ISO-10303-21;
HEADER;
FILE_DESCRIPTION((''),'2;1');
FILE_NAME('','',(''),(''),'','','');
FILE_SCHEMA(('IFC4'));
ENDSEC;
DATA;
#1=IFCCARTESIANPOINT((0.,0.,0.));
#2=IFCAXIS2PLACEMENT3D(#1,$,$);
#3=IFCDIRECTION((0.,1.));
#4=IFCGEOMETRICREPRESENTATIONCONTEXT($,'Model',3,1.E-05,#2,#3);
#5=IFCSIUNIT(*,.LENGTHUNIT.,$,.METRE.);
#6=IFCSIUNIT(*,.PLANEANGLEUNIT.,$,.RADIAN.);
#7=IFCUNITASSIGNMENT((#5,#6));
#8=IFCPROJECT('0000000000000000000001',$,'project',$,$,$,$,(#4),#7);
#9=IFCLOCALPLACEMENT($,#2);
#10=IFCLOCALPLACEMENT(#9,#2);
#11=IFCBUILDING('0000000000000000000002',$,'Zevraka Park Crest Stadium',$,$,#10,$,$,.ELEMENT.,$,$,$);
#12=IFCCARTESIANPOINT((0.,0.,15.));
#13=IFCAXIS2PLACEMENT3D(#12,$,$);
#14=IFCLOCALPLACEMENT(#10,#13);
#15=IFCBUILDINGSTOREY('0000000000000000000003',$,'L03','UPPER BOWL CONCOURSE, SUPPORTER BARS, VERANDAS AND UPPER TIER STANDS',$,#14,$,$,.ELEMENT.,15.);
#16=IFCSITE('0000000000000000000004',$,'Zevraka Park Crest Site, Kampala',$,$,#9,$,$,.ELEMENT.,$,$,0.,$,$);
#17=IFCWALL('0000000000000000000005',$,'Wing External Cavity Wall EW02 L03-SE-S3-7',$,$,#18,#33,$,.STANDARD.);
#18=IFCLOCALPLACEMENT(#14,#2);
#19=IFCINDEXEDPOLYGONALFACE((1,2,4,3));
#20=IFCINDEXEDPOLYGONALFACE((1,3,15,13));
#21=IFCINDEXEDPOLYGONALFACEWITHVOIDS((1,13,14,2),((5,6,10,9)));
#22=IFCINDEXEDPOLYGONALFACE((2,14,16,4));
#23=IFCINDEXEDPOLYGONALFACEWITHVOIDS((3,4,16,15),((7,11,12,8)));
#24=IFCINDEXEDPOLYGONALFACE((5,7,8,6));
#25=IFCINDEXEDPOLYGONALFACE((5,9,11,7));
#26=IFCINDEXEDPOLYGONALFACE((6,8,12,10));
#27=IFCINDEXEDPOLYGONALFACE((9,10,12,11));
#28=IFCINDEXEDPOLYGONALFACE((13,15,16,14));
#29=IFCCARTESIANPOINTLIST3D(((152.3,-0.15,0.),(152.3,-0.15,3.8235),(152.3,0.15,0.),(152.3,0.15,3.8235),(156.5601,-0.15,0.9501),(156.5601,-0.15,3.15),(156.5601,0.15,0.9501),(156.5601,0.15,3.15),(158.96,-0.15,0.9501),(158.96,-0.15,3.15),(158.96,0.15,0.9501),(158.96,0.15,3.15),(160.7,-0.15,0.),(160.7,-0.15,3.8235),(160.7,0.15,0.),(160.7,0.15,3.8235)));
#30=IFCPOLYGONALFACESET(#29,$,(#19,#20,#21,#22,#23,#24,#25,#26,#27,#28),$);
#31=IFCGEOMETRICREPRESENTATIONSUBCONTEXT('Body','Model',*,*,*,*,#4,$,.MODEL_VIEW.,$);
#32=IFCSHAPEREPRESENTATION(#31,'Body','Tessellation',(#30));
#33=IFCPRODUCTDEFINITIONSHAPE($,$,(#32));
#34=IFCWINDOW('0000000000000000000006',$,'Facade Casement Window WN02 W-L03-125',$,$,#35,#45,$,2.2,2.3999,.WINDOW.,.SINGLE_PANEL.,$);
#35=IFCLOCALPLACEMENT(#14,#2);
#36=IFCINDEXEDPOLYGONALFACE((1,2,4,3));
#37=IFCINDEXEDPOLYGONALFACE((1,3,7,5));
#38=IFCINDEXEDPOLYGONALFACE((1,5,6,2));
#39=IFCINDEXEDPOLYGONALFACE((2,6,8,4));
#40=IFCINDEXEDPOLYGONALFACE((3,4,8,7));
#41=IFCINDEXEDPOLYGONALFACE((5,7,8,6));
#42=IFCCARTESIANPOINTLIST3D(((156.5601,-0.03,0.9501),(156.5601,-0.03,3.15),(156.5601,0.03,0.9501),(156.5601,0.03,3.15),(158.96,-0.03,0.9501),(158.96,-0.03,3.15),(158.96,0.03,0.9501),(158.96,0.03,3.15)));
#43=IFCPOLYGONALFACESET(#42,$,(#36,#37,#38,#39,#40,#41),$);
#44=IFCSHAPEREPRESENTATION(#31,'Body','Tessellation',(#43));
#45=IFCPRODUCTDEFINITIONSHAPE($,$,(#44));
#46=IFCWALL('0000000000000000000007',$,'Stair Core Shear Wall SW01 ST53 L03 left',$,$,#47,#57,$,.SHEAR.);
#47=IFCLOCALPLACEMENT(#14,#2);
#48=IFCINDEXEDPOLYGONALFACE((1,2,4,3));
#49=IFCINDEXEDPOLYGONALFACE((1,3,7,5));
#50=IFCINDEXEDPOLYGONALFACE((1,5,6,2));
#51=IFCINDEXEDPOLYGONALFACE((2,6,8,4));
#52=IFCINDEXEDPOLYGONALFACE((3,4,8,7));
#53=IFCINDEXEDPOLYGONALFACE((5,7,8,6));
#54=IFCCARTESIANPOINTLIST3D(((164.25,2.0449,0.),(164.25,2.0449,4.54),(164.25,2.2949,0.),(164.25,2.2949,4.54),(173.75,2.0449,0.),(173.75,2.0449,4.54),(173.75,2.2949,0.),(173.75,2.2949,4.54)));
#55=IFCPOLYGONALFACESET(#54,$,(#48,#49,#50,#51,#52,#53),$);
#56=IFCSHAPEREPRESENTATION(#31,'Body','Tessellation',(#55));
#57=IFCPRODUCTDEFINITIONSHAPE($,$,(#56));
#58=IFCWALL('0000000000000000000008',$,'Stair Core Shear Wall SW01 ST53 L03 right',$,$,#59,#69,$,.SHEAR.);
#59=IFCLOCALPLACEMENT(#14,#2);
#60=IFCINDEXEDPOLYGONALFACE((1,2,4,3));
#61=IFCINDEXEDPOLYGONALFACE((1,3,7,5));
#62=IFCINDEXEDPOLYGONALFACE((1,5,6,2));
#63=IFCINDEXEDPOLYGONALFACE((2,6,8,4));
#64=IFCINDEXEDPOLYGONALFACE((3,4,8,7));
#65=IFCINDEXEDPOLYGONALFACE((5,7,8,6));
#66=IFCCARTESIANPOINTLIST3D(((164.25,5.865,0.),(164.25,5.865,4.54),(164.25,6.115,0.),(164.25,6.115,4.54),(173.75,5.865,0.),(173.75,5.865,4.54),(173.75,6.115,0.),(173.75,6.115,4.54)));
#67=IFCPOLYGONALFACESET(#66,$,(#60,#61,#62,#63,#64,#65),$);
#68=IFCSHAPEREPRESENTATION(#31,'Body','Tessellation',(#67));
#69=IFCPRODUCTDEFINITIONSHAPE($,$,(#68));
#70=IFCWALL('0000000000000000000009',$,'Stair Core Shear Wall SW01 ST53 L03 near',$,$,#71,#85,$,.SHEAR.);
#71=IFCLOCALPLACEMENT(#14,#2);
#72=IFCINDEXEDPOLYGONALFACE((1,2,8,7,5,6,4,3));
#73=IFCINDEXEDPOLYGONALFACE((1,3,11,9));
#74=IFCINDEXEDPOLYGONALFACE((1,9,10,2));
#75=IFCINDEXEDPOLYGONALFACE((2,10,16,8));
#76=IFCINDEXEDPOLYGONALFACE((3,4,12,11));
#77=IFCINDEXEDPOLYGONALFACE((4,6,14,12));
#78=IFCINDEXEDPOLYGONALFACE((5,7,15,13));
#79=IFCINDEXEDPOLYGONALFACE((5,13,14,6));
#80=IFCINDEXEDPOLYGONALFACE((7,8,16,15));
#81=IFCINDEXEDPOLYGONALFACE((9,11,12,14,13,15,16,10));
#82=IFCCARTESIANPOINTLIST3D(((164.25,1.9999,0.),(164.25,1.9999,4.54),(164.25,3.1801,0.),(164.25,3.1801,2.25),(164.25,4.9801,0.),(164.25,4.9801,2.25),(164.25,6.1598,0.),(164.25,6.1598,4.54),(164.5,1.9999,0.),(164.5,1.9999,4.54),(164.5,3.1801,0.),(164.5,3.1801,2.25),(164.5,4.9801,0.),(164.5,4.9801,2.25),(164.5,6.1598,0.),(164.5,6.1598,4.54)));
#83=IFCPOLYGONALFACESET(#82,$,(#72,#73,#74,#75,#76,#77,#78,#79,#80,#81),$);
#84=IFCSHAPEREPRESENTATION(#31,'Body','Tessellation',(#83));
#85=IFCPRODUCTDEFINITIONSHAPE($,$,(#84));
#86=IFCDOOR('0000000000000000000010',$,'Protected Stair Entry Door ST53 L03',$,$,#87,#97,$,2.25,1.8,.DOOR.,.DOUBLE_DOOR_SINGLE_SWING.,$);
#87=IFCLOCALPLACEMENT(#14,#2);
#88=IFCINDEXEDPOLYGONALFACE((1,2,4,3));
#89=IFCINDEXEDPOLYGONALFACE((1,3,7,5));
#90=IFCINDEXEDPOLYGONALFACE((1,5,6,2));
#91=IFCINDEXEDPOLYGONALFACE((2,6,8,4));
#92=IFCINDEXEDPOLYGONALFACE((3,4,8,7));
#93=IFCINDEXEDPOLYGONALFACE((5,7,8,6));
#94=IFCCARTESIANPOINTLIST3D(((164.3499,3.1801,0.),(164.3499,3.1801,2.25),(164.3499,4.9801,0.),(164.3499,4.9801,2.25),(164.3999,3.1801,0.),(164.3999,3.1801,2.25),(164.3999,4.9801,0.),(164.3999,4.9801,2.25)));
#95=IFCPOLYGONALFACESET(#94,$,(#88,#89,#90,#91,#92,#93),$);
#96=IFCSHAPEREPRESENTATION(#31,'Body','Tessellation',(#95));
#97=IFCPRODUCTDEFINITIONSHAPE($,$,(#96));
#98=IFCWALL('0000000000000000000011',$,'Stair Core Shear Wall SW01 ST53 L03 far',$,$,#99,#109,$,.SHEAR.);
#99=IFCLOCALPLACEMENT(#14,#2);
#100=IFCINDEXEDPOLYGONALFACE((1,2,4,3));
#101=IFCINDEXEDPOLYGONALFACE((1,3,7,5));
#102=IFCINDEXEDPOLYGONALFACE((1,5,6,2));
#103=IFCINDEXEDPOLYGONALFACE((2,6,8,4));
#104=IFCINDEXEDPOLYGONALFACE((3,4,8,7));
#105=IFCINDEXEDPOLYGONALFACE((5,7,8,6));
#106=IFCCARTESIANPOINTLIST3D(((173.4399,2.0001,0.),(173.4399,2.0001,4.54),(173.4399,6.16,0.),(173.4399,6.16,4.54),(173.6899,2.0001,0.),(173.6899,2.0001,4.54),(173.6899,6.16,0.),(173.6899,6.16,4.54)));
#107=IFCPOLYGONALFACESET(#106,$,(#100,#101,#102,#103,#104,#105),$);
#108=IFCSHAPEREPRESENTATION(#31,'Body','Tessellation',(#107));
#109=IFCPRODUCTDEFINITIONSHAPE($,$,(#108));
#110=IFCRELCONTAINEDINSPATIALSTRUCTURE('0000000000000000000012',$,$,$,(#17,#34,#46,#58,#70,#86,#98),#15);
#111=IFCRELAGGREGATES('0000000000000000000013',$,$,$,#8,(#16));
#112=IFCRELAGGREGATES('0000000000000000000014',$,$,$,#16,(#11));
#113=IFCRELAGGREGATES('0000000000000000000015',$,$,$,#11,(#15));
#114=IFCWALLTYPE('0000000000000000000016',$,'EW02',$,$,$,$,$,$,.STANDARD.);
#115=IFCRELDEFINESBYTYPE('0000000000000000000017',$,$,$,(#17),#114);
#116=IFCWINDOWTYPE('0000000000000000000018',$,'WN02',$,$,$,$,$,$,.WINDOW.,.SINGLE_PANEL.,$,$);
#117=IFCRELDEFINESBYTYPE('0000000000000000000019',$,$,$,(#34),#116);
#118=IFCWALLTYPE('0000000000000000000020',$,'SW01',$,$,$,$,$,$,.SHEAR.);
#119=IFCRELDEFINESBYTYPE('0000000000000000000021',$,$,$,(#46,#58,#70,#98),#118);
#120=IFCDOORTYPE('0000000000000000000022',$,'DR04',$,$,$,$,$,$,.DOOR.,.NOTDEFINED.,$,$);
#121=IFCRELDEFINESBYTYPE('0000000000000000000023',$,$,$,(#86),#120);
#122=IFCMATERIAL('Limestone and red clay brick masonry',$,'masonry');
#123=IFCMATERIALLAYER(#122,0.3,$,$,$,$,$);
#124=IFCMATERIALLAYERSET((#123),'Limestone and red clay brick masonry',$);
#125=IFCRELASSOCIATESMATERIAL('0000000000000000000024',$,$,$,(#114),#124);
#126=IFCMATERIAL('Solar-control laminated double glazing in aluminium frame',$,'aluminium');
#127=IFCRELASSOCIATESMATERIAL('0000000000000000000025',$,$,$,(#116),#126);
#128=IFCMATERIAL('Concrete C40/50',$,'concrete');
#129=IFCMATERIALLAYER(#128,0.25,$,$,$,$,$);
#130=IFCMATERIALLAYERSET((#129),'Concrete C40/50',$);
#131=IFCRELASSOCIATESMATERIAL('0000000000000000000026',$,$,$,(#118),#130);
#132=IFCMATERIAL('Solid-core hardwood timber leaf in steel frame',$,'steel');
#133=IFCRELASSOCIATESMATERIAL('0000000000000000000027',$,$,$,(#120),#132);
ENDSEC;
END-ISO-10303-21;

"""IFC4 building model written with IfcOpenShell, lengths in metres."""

from ifc_helpers import new_model, si_unit, direction, frame, frame_2d, origin, place, context, subcontext, project, spatial, rectangle, extrude, material, layer, layer_set, type_object, element, fill, save


model = new_model("IFC4")

# Units and contexts
model_context = context("Model", 3, precision=1e-05, world=origin(), true_north=direction((0.0, 1.0)))
body_context = subcontext(model_context, "Body", "Model", "MODEL_VIEW")
ifc_project = project(units=[si_unit("LENGTHUNIT", "METRE"), si_unit("PLANEANGLEUNIT", "RADIAN")], contexts=[model_context])

# Site, building, storey
site_placement = place(None, origin())
site = spatial("IfcSite", under=ifc_project, at=site_placement, Name="Zevraka Park Crest Site, Kampala", CompositionType="ELEMENT", RefElevation=0.0)
building_placement = place(site_placement, origin())
building = spatial("IfcBuilding", under=site, at=building_placement, Name="Zevraka Park Crest Stadium", CompositionType="ELEMENT")
storey_placement = place(building_placement, frame((0.0, 0.0, 15.0)))
storey = spatial("IfcBuildingStorey", under=building, at=storey_placement, Name="L03", Description="UPPER BOWL CONCOURSE, SUPPORTER BARS, VERANDAS AND UPPER TIER STANDS", CompositionType="ELEMENT", Elevation=15.0)

# Wall, opening, window
ifc_material_1 = material(Name="Limestone and red clay brick masonry", Category="masonry")
ifc_layer_1 = layer(ifc_material_1, 0.3)
ifc_layer_set_1 = layer_set([ifc_layer_1], Name="Limestone and red clay brick masonry")
wall_type_1 = type_object("IfcWallType", Name="EW02", PredefinedType="STANDARD", material=ifc_layer_set_1)
wall_1_placement = place(storey_placement, frame((160.7, 0.0, 0.0), z_axis=(0.0, 0.0, 1.0), x_axis=(-1.0, 0.0, 0.0)))
wall_1 = element("IfcWall", 1, at=wall_1_placement, inside=storey, type_object=wall_type_1, Name="Wing External Cavity Wall EW02 L03-SE-S3-7", PredefinedType="STANDARD", context=body_context, shape_type="SweptSolid", body=[
    extrude(rectangle(XDim=8.3999, YDim=0.3, at=frame_2d((4.2, 0.0))), origin(), (0.0, 0.0, 1.0), 3.8235),
])
opening_1_placement = place(wall_1_placement, frame((1.74, 0.0, 0.95)))
opening_1 = element("IfcOpeningElement", 2, at=opening_1_placement, cuts=wall_1, PredefinedType="OPENING", context=body_context, shape_type="SweptSolid", body=[
    extrude(rectangle(XDim=2.3999, YDim=2.2, at=frame_2d((1.2, 1.1001))), frame((0.0, 0.1599, 0.0), z_axis=(0.0, -1.0, 0.0), x_axis=(1.0, 0.0, 0.0)), (0.0, 0.0, 1.0), 0.3201),
])
ifc_material_2 = material(Name="Solar-control laminated double glazing in aluminium frame", Category="aluminium")
window_type_1 = type_object("IfcWindowType", Name="WN02", PartitioningType="SINGLE_PANEL", PredefinedType="WINDOW", material=ifc_material_2)
window_1_placement = place(opening_1_placement, origin())
window_1 = element("IfcWindow", 3, at=window_1_placement, inside=storey, type_object=window_type_1, Name="Facade Casement Window WN02 W-L03-125", OverallHeight=2.2, OverallWidth=2.3999, PartitioningType="SINGLE_PANEL", PredefinedType="WINDOW", context=body_context, shape_type="SweptSolid", body=[
    extrude(rectangle(XDim=2.3999, YDim=2.2, at=frame_2d((1.2, 1.1001))), frame((0.0, 0.03, 0.0), z_axis=(0.0, -1.0, 0.0), x_axis=(1.0, 0.0, 0.0)), (0.0, 0.0, 1.0), 0.0601),
])
fill(opening_1, window_1)

# Walls
ifc_material_3 = material(Name="Concrete C40/50", Category="concrete")
ifc_layer_2 = layer(ifc_material_3, 0.25)
ifc_layer_set_2 = layer_set([ifc_layer_2], Name="Concrete C40/50")
wall_type_2 = type_object("IfcWallType", Name="SW01", PredefinedType="SHEAR", material=ifc_layer_set_2)
for number, where, z_axis, x_axis, name in (
    (4, (164.25, 2.1699, 0.0), (0.0, 0.0, 1.0), (1.0, 0.0, 0.0), "Stair Core Shear Wall SW01 ST53 L03 left"),
    (5, (173.75, 5.99, 0.0), (0.0, 0.0, 1.0), (-1.0, 0.0, 0.0), "Stair Core Shear Wall SW01 ST53 L03 right"),
):
    element("IfcWall", number, at=place(storey_placement, frame(where, z_axis=z_axis, x_axis=x_axis)), inside=storey, type_object=wall_type_2, Name=name, PredefinedType="SHEAR", context=body_context, shape_type="SweptSolid", body=[
        extrude(rectangle(XDim=9.5, YDim=0.25, at=frame_2d((4.75, 0.0))), origin(), (0.0, 0.0, 1.0), 4.54),
    ])

# Wall, opening, door
wall_2_placement = place(storey_placement, frame((164.375, 6.1599, 0.0), z_axis=(0.0, 0.0, 1.0), x_axis=(0.0, -1.0, 0.0)))
wall_2 = element("IfcWall", 6, at=wall_2_placement, inside=storey, type_object=wall_type_2, Name="Stair Core Shear Wall SW01 ST53 L03 near", PredefinedType="SHEAR", context=body_context, shape_type="SweptSolid", body=[
    extrude(rectangle(XDim=4.1599, YDim=0.25, at=frame_2d((2.0801, 0.0))), origin(), (0.0, 0.0, 1.0), 4.54),
])
opening_2_placement = place(wall_2_placement, frame((1.1799, 0.0, 0.0)))
opening_2 = element("IfcOpeningElement", 7, at=opening_2_placement, cuts=wall_2, PredefinedType="OPENING", context=body_context, shape_type="SweptSolid", body=[
    extrude(rectangle(XDim=1.8, YDim=2.25, at=frame_2d((0.8999, 1.125))), frame((0.0, 0.135, 0.0), z_axis=(0.0, -1.0, 0.0), x_axis=(1.0, 0.0, 0.0)), (0.0, 0.0, 1.0), 0.27),
])
ifc_material_4 = material(Name="Solid-core hardwood timber leaf in steel frame", Category="steel")
door_type = type_object("IfcDoorType", Name="DR04", OperationType="NOTDEFINED", PredefinedType="DOOR", material=ifc_material_4)
door_placement = place(opening_2_placement, origin())
door = element("IfcDoor", 8, at=door_placement, inside=storey, type_object=door_type, Name="Protected Stair Entry Door ST53 L03", OperationType="DOUBLE_DOOR_SINGLE_SWING", OverallHeight=2.25, OverallWidth=1.8, PredefinedType="DOOR", context=body_context, shape_type="SweptSolid", body=[
    extrude(rectangle(XDim=1.8, YDim=2.25, at=frame_2d((0.8999, 1.125))), frame((0.0, 0.0249, 0.0), z_axis=(0.0, -1.0, 0.0), x_axis=(1.0, 0.0, 0.0)), (0.0, 0.0, 1.0), 0.05),
])
fill(opening_2, door)

# Wall
wall_3_placement = place(storey_placement, frame((173.5649, 2.0, 0.0), z_axis=(0.0, 0.0, 1.0), x_axis=(0.0, 1.0, 0.0)))
element("IfcWall", 9, at=wall_3_placement, inside=storey, type_object=wall_type_2, Name="Stair Core Shear Wall SW01 ST53 L03 far", PredefinedType="SHEAR", context=body_context, shape_type="SweptSolid", body=[
    extrude(rectangle(XDim=4.1599, YDim=0.25, at=frame_2d((2.0801, 0.0))), origin(), (0.0, 0.0, 1.0), 4.54),
])

save(model, "model.ifc")
